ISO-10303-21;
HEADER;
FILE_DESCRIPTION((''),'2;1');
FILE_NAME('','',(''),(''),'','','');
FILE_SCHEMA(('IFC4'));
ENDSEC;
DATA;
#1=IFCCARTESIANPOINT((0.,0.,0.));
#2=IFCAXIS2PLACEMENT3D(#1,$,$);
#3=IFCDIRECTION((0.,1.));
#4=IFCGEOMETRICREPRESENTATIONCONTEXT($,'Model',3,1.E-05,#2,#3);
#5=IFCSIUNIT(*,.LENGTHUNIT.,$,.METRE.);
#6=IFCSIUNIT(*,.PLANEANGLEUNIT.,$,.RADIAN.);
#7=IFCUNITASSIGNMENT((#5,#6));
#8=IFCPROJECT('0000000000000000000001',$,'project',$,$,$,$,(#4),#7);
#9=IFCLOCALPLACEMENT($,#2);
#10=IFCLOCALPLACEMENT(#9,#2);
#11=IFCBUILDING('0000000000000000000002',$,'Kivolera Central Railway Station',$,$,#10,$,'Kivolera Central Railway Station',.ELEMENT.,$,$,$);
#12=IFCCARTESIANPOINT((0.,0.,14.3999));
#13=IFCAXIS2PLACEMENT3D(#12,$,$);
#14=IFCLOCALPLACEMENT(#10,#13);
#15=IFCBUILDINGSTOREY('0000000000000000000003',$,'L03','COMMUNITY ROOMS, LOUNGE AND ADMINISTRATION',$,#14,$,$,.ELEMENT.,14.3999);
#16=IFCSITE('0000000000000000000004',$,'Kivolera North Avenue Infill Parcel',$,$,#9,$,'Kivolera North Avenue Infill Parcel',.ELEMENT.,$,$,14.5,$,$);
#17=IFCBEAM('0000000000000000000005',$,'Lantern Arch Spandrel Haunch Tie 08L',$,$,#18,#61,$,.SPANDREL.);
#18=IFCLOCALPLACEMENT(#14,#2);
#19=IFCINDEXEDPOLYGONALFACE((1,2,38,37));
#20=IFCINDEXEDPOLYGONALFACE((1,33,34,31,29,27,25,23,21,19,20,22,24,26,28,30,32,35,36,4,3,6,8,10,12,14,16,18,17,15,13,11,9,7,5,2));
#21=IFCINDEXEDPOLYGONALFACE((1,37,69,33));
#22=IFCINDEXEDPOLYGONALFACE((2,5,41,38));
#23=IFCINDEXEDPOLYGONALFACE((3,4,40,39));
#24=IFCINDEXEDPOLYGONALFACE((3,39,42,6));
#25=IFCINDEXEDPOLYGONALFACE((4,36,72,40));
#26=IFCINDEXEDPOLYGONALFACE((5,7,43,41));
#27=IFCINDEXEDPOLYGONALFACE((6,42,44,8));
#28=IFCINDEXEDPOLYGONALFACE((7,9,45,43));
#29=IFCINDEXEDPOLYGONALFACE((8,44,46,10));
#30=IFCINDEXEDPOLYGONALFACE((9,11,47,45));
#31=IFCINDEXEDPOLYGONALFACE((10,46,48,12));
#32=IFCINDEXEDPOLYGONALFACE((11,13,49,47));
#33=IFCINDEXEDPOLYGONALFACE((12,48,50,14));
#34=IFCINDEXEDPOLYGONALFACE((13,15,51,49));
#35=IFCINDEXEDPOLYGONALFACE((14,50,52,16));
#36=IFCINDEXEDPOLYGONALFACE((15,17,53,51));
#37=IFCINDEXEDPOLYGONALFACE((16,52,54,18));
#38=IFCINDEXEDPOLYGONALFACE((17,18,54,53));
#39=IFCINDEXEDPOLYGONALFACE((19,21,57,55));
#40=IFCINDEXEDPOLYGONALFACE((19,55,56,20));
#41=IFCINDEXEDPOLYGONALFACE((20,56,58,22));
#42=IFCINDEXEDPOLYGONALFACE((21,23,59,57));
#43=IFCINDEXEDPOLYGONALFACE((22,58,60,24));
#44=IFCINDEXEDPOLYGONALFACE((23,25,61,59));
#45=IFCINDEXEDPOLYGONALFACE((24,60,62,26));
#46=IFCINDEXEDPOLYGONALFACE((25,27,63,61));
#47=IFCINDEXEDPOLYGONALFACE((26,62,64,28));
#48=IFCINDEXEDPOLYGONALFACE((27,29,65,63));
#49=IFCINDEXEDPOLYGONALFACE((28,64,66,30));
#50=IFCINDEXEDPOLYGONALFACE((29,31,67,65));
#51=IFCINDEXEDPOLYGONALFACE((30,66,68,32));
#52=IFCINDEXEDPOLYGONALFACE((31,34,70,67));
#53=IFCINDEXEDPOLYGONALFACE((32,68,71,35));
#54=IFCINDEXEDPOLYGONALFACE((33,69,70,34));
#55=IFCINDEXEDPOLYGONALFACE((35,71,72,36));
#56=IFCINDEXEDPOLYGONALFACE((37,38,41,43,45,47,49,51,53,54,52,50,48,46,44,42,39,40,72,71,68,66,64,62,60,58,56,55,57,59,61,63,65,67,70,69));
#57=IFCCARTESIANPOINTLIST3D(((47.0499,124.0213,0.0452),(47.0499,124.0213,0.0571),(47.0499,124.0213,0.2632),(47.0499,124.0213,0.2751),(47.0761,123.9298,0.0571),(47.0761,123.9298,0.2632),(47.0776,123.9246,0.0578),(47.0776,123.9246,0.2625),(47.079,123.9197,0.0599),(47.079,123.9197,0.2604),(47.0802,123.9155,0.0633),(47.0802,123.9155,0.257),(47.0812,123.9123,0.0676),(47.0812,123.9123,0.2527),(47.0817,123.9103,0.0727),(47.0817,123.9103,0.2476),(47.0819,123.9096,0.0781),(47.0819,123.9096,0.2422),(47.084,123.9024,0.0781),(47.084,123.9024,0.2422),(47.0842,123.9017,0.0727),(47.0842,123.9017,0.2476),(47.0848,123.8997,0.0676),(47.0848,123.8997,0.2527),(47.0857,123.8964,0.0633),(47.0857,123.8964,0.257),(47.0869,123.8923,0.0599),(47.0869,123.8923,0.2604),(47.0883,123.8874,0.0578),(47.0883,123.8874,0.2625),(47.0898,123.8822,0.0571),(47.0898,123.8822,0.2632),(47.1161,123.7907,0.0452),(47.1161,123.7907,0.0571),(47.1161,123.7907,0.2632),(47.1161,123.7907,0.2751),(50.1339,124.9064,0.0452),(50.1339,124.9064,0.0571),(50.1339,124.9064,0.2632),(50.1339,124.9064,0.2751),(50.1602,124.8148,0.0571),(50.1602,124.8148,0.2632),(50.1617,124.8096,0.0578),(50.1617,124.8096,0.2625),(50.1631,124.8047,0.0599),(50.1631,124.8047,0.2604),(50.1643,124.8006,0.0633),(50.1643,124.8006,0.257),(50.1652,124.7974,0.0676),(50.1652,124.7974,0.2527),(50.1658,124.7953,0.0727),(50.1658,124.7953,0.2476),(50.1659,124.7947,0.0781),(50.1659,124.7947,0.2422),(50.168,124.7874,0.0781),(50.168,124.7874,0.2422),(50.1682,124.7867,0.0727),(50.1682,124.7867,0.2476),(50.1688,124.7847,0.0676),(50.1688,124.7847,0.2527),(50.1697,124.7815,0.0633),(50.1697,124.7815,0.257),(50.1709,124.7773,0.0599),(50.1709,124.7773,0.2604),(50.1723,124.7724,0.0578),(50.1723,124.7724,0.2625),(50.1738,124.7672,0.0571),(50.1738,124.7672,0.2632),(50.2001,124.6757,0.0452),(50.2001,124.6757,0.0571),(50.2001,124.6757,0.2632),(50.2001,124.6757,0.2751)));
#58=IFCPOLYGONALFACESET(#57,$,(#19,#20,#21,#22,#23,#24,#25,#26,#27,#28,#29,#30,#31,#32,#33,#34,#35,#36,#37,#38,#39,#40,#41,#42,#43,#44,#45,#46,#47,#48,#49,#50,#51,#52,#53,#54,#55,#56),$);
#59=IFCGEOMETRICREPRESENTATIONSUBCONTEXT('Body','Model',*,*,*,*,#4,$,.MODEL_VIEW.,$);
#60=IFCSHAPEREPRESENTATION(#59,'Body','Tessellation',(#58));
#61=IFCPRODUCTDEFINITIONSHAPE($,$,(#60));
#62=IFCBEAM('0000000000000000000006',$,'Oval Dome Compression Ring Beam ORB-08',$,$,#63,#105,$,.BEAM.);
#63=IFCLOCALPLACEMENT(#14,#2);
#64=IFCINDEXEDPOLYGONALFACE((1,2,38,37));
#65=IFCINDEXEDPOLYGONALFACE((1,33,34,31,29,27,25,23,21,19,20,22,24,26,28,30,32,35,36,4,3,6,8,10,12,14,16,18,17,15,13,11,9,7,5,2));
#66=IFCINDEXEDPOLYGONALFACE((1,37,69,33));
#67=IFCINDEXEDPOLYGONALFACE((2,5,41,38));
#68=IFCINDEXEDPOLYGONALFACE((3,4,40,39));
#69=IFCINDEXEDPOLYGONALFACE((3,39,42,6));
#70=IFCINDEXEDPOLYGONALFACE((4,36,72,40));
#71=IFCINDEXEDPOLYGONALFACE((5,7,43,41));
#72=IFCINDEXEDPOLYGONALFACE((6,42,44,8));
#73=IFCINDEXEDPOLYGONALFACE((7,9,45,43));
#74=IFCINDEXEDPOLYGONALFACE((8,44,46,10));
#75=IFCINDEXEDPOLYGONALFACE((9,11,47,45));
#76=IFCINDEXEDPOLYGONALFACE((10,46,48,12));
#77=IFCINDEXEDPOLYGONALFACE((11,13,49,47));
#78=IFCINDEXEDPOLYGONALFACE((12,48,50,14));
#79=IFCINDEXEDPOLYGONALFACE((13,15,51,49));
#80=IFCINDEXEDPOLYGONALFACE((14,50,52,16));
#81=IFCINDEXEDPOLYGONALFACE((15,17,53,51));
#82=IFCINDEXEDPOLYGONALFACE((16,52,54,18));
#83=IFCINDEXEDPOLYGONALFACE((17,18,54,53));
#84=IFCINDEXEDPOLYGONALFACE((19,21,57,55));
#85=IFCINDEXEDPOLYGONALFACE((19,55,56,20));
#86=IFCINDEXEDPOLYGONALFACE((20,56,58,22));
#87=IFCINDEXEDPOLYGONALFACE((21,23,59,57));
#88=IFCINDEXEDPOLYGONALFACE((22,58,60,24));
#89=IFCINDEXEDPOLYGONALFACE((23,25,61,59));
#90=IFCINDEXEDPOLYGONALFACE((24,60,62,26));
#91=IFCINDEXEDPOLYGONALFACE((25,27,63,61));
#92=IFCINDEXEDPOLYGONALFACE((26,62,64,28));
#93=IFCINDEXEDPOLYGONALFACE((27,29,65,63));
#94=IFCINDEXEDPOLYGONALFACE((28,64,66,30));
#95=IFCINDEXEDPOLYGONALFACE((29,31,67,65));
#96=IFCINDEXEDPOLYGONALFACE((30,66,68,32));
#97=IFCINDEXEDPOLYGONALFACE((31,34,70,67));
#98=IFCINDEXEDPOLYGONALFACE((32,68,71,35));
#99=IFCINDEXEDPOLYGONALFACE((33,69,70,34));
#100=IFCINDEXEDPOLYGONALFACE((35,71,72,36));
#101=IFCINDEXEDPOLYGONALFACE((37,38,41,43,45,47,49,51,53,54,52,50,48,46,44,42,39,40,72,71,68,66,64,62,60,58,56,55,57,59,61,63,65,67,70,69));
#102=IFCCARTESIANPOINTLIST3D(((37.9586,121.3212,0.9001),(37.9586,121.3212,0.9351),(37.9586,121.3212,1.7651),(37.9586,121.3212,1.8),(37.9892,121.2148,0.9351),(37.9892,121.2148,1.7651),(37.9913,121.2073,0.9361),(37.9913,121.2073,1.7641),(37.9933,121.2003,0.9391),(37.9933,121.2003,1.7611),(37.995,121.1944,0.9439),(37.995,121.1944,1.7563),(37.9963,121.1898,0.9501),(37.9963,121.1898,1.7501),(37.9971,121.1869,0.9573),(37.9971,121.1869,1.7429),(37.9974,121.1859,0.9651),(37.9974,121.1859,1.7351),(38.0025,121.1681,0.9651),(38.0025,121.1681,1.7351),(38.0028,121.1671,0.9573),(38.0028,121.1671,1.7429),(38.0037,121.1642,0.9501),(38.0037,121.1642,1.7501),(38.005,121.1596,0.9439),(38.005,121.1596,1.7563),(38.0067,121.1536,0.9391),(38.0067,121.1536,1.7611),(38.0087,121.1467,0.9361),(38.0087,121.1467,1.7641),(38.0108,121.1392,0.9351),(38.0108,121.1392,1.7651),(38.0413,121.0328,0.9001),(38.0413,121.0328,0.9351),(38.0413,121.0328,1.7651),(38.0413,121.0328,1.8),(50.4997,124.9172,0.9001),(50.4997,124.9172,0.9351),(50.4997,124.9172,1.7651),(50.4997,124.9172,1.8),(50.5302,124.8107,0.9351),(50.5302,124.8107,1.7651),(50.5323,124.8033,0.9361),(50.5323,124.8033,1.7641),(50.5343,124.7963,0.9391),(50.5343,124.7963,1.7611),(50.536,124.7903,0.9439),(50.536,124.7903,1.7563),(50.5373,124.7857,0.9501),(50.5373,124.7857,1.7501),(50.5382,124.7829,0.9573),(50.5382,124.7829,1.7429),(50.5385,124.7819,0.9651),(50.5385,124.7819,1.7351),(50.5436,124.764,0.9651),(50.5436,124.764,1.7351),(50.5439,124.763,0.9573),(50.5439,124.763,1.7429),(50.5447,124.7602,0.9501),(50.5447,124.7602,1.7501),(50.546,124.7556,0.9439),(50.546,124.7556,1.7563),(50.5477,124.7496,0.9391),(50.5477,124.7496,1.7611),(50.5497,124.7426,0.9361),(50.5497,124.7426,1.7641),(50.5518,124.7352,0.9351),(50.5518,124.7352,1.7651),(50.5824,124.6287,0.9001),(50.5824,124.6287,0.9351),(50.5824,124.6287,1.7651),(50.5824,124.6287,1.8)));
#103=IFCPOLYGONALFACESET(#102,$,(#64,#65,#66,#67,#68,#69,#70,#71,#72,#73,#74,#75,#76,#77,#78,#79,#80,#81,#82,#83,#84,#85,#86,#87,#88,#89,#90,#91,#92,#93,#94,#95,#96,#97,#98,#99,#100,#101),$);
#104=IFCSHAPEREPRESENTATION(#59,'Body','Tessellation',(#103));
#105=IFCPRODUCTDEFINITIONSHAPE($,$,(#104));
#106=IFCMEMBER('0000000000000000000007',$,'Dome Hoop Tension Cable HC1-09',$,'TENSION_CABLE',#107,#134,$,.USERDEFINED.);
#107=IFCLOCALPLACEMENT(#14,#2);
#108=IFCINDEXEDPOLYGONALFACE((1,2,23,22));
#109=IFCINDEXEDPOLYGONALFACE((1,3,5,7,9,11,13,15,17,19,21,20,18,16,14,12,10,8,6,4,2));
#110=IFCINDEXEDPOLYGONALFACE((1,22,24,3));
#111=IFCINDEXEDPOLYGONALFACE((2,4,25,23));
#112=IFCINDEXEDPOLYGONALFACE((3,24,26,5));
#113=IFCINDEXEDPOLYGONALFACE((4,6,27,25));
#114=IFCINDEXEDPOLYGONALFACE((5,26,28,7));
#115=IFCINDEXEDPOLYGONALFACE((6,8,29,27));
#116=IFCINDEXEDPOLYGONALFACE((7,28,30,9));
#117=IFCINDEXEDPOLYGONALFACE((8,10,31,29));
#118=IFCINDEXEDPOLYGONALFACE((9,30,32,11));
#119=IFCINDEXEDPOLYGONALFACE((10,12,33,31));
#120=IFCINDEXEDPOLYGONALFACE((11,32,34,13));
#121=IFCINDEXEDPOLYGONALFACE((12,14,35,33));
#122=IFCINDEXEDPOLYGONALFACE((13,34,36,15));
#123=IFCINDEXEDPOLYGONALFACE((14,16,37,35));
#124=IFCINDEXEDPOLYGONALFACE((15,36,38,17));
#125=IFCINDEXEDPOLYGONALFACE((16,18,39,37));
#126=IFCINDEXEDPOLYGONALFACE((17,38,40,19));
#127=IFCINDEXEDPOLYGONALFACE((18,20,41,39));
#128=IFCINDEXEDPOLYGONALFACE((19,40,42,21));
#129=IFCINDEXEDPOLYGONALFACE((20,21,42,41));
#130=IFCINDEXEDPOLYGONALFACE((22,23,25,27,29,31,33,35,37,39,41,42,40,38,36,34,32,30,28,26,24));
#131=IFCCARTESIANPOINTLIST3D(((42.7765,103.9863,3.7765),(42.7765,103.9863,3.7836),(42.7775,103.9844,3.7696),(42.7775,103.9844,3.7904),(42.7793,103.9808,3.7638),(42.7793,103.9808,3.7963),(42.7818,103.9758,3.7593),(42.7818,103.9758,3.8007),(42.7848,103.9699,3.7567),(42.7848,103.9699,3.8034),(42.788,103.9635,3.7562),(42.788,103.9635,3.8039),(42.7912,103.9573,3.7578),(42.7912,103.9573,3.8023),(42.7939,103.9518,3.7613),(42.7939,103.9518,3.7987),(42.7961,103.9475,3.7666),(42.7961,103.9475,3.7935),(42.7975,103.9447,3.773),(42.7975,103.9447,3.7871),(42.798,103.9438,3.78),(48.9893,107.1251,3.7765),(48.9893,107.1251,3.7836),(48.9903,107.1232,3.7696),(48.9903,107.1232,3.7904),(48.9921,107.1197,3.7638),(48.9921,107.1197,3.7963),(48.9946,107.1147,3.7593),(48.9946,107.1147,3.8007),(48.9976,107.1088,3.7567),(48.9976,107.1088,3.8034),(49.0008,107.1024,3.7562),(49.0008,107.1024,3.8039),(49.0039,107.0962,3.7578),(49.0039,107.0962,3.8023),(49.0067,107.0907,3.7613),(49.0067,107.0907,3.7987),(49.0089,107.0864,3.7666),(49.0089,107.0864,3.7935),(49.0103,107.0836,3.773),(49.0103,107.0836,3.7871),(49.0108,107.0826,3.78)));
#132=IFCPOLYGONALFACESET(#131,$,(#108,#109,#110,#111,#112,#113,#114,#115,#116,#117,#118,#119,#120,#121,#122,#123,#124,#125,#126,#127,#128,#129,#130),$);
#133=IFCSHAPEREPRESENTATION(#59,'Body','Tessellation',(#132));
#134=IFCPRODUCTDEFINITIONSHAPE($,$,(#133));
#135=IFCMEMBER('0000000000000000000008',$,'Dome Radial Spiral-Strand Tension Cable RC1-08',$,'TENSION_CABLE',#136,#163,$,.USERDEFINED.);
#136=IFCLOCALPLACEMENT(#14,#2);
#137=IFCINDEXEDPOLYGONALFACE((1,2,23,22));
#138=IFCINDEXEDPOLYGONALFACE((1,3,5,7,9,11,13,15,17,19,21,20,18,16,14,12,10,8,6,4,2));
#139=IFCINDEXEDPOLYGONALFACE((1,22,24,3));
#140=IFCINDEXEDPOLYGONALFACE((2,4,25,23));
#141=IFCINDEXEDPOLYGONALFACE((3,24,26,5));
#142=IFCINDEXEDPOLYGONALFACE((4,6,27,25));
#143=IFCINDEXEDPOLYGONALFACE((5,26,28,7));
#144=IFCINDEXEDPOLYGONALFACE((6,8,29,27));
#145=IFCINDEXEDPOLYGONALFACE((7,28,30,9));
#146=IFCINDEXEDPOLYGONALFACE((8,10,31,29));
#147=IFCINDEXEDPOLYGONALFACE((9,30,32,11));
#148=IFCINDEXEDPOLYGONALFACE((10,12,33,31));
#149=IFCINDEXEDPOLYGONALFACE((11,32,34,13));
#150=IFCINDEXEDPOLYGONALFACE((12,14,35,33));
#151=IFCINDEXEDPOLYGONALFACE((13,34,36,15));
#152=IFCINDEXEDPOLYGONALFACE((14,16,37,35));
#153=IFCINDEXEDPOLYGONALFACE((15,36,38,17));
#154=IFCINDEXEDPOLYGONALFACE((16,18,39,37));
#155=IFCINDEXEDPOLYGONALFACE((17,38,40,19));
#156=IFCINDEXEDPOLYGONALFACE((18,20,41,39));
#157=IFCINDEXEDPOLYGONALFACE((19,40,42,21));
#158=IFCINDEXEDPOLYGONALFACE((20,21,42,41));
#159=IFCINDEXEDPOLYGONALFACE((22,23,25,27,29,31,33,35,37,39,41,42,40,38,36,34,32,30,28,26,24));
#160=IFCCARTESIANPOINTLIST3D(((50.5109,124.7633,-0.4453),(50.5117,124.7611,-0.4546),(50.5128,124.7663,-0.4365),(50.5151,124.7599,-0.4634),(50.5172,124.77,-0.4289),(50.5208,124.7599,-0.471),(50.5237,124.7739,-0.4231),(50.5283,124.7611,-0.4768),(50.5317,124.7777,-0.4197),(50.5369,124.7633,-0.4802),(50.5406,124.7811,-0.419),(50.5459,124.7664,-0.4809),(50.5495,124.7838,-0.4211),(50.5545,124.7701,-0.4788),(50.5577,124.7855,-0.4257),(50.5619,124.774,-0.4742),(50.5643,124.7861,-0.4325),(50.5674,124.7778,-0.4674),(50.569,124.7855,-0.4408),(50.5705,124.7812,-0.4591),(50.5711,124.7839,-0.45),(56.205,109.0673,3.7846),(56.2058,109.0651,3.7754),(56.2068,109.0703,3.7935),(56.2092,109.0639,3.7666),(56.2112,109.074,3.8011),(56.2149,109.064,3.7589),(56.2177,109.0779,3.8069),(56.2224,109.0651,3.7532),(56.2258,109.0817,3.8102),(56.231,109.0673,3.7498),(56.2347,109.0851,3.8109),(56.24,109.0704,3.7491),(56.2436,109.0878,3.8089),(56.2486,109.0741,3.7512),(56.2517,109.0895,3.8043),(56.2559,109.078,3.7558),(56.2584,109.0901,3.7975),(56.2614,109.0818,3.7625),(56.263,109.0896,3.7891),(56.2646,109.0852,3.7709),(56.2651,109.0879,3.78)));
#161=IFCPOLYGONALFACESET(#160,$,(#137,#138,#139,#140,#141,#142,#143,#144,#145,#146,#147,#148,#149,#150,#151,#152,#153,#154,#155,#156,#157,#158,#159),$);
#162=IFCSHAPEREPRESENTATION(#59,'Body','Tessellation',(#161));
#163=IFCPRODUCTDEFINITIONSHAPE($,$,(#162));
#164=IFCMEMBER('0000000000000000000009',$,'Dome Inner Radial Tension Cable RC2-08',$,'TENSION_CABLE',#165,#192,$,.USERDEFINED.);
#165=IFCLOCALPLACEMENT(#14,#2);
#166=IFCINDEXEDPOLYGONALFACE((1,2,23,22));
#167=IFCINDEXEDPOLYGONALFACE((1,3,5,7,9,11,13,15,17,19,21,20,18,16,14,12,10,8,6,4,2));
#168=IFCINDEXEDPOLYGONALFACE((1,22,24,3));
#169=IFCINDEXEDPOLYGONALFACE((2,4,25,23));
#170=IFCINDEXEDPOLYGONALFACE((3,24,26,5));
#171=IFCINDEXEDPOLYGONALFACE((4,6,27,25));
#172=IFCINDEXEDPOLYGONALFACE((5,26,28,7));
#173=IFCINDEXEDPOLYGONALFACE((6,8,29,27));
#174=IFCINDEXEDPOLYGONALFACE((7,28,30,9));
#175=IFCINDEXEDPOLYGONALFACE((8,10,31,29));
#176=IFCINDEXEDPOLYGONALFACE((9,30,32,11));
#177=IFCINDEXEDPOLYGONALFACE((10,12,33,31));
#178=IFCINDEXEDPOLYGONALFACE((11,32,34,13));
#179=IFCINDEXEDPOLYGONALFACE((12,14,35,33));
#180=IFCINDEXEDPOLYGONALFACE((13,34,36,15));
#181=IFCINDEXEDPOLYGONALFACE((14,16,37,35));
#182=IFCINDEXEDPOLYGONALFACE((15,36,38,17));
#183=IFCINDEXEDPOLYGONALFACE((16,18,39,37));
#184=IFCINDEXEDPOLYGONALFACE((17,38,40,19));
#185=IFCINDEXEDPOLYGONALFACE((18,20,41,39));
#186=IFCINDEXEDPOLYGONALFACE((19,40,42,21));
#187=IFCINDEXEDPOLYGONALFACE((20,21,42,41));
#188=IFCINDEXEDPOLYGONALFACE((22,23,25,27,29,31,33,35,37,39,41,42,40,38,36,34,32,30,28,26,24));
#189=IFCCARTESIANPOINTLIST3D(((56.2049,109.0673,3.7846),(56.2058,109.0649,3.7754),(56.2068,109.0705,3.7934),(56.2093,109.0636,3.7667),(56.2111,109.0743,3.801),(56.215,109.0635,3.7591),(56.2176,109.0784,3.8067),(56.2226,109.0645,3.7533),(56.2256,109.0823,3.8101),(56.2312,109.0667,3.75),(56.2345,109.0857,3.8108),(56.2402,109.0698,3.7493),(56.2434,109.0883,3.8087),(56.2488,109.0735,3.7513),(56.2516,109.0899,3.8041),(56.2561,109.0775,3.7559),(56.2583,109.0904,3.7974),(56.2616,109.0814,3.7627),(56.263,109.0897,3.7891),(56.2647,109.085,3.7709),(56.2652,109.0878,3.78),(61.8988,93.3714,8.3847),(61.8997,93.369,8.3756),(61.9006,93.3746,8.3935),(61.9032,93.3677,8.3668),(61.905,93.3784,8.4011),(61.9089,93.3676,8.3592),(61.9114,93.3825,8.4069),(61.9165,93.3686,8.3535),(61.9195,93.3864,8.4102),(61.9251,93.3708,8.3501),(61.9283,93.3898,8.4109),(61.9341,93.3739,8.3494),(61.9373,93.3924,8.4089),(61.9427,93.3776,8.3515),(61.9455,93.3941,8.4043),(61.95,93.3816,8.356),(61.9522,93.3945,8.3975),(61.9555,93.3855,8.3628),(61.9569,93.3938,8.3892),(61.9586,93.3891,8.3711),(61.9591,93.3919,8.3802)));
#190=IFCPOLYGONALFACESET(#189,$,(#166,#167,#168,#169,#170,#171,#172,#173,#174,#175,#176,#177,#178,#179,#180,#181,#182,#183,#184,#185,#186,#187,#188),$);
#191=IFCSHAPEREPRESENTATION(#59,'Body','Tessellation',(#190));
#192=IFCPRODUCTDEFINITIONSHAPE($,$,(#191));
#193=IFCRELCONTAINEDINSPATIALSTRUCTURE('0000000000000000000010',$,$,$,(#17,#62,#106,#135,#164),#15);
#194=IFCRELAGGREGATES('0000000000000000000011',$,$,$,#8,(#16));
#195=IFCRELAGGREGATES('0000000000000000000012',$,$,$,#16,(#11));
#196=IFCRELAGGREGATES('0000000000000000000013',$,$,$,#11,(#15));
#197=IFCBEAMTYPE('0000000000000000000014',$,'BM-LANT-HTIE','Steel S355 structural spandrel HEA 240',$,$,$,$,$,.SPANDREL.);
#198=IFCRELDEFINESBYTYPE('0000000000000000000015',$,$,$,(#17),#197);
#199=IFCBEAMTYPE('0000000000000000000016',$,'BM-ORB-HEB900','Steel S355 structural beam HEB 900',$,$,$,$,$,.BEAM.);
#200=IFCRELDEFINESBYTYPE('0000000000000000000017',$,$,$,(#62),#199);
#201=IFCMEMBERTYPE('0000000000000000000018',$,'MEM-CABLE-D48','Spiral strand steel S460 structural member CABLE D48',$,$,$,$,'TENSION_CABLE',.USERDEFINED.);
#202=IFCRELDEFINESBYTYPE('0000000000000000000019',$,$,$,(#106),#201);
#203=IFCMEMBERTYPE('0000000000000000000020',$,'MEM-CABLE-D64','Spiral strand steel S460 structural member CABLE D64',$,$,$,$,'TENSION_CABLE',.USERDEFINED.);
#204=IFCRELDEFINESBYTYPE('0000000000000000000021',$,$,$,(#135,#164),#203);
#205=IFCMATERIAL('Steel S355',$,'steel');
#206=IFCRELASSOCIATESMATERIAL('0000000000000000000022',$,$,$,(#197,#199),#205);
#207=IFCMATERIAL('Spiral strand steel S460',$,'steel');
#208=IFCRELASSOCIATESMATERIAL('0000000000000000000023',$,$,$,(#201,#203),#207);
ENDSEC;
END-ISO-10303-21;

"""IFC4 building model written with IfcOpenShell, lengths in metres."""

from ifc_helpers import new_model, si_unit, direction, frame, origin, origin_2d, place, context, subcontext, project, spatial, circle, i_section, extrude, material, material_profile, profile_set, type_object, element, save


model = new_model("IFC4")

# Units and contexts
model_context = context("Model", 3, precision=1e-05, world=origin(), true_north=direction((0.0, 1.0)))
body_context = subcontext(model_context, "Body", "Model", "MODEL_VIEW")
ifc_project = project(units=[si_unit("LENGTHUNIT", "METRE"), si_unit("PLANEANGLEUNIT", "RADIAN")], contexts=[model_context])

# Site, building, storey
site_placement = place(None, origin())
site = spatial("IfcSite", under=ifc_project, at=site_placement, Name="Kivolera North Avenue Infill Parcel", LongName="Kivolera North Avenue Infill Parcel", CompositionType="ELEMENT", RefElevation=14.5)
building_placement = place(site_placement, origin())
building = spatial("IfcBuilding", under=site, at=building_placement, Name="Kivolera Central Railway Station", LongName="Kivolera Central Railway Station", CompositionType="ELEMENT")
storey_placement = place(building_placement, frame((0.0, 0.0, 14.3999)))
storey = spatial("IfcBuildingStorey", under=building, at=storey_placement, Name="L03", Description="COMMUNITY ROOMS, LOUNGE AND ADMINISTRATION", CompositionType="ELEMENT", Elevation=14.3999)

# Beams
ifc_material_1 = material(Name="Steel S355", Category="steel")
ifc_material_profile_1 = material_profile(ifc_material_1, i_section(OverallWidth=0.24, OverallDepth=0.23, WebThickness=0.0076, FlangeThickness=0.012, FilletRadius=0.021, at=origin_2d()), Name="HEA 240")
ifc_profile_set_1 = profile_set([ifc_material_profile_1], Name="Steel S355")
beam_type_1 = type_object("IfcBeamType", Name="BM-LANT-HTIE", Description="Steel S355 structural spandrel HEA 240", PredefinedType="SPANDREL", material=ifc_profile_set_1)
beam_1_placement = place(storey_placement, frame((50.167, 124.791, 0.1602), z_axis=(-0.961205, -0.275836, 0.0), x_axis=(0.275836, -0.961205, 0.0)))
element("IfcBeam", 1, at=beam_1_placement, inside=storey, type_object=beam_type_1, Name="Lantern Arch Spandrel Haunch Tie 08L", PredefinedType="SPANDREL", context=body_context, shape_type="SweptSolid", body=[
    extrude(i_section(OverallWidth=0.24, OverallDepth=0.23, WebThickness=0.0076, FlangeThickness=0.012, FilletRadius=0.021, at=origin_2d()), origin(), (0.0, 0.0, 1.0), 3.2085),
])
ifc_material_profile_2 = material_profile(ifc_material_1, i_section(OverallWidth=0.3, OverallDepth=0.8999, WebThickness=0.0186, FlangeThickness=0.0349, FilletRadius=0.03, at=origin_2d()), Name="HEB 900")
ifc_profile_set_2 = profile_set([ifc_material_profile_2], Name="Steel S355")
beam_type_2 = type_object("IfcBeamType", Name="BM-ORB-HEB900", Description="Steel S355 structural beam HEB 900", PredefinedType="BEAM", material=ifc_profile_set_2)
beam_2_placement = place(storey_placement, frame((50.541, 124.7729, 1.3501), z_axis=(-0.961264, -0.275628, 0.0), x_axis=(0.275628, -0.961264, 0.0)))
element("IfcBeam", 2, at=beam_2_placement, inside=storey, type_object=beam_type_2, Name="Oval Dome Compression Ring Beam ORB-08", PredefinedType="BEAM", context=body_context, shape_type="SweptSolid", body=[
    extrude(i_section(OverallWidth=0.3, OverallDepth=0.8999, WebThickness=0.0186, FlangeThickness=0.0349, FilletRadius=0.03, at=origin_2d()), origin(), (0.0, 0.0, 1.0), 13.0464),
])

# Members
ifc_material_2 = material(Name="Spiral strand steel S460", Category="steel")
ifc_material_profile_3 = material_profile(ifc_material_2, circle(Radius=0.0239, at=origin_2d()), Name="CABLE D48")
ifc_profile_set_3 = profile_set([ifc_material_profile_3], Name="Spiral strand steel S460")
member_type_1 = type_object("IfcMemberType", Name="MEM-CABLE-D48", Description="Spiral strand steel S460 structural member CABLE D48", ElementType="TENSION_CABLE", PredefinedType="USERDEFINED", material=ifc_profile_set_3)
member_1_placement = place(storey_placement, frame((49.0, 107.104, 3.78), z_axis=(-0.892553, -0.450942, 0.0), x_axis=(0.450942, -0.892553, 0.0)))
element("IfcMember", 3, at=member_1_placement, inside=storey, type_object=member_type_1, Name="Dome Hoop Tension Cable HC1-09", ObjectType="TENSION_CABLE", PredefinedType="USERDEFINED", context=body_context, shape_type="SweptSolid", body=[
    extrude(circle(Radius=0.0239, at=origin_2d()), origin(), (0.0, 0.0, 1.0), 6.9607),
])
ifc_material_profile_4 = material_profile(ifc_material_2, circle(Radius=0.032, at=origin_2d()), Name="CABLE D64")
ifc_profile_set_4 = profile_set([ifc_material_profile_4], Name="Spiral strand steel S460")
member_type_2 = type_object("IfcMemberType", Name="MEM-CABLE-D64", Description="Spiral strand steel S460 structural member CABLE D64", ElementType="TENSION_CABLE", PredefinedType="USERDEFINED", material=ifc_profile_set_4)
member_2_placement = place(storey_placement, frame((50.541, 124.7729, -0.45), z_axis=(0.330582, -0.911266, 0.24558), x_axis=(0.940054, 0.341026, 0.0)))
element("IfcMember", 4, at=member_2_placement, inside=storey, type_object=member_type_2, Name="Dome Radial Spiral-Strand Tension Cable RC1-08", ObjectType="TENSION_CABLE", PredefinedType="USERDEFINED", context=body_context, shape_type="SweptSolid", body=[
    extrude(circle(Radius=0.032, at=origin_2d()), origin(), (0.0, 0.0, 1.0), 17.2244),
])
member_3_placement = place(storey_placement, frame((56.2351, 109.0769, 3.78), z_axis=(0.328768, -0.90629, 0.265614), x_axis=(0.940057, 0.341017, 0.0)))
element("IfcMember", 5, at=member_3_placement, inside=storey, type_object=member_type_2, Name="Dome Inner Radial Tension Cable RC2-08", ObjectType="TENSION_CABLE", PredefinedType="USERDEFINED", context=body_context, shape_type="SweptSolid", body=[
    extrude(circle(Radius=0.032, at=origin_2d()), origin(), (0.0, 0.0, 1.0), 17.3188),
])

save(model, "model.ifc")
